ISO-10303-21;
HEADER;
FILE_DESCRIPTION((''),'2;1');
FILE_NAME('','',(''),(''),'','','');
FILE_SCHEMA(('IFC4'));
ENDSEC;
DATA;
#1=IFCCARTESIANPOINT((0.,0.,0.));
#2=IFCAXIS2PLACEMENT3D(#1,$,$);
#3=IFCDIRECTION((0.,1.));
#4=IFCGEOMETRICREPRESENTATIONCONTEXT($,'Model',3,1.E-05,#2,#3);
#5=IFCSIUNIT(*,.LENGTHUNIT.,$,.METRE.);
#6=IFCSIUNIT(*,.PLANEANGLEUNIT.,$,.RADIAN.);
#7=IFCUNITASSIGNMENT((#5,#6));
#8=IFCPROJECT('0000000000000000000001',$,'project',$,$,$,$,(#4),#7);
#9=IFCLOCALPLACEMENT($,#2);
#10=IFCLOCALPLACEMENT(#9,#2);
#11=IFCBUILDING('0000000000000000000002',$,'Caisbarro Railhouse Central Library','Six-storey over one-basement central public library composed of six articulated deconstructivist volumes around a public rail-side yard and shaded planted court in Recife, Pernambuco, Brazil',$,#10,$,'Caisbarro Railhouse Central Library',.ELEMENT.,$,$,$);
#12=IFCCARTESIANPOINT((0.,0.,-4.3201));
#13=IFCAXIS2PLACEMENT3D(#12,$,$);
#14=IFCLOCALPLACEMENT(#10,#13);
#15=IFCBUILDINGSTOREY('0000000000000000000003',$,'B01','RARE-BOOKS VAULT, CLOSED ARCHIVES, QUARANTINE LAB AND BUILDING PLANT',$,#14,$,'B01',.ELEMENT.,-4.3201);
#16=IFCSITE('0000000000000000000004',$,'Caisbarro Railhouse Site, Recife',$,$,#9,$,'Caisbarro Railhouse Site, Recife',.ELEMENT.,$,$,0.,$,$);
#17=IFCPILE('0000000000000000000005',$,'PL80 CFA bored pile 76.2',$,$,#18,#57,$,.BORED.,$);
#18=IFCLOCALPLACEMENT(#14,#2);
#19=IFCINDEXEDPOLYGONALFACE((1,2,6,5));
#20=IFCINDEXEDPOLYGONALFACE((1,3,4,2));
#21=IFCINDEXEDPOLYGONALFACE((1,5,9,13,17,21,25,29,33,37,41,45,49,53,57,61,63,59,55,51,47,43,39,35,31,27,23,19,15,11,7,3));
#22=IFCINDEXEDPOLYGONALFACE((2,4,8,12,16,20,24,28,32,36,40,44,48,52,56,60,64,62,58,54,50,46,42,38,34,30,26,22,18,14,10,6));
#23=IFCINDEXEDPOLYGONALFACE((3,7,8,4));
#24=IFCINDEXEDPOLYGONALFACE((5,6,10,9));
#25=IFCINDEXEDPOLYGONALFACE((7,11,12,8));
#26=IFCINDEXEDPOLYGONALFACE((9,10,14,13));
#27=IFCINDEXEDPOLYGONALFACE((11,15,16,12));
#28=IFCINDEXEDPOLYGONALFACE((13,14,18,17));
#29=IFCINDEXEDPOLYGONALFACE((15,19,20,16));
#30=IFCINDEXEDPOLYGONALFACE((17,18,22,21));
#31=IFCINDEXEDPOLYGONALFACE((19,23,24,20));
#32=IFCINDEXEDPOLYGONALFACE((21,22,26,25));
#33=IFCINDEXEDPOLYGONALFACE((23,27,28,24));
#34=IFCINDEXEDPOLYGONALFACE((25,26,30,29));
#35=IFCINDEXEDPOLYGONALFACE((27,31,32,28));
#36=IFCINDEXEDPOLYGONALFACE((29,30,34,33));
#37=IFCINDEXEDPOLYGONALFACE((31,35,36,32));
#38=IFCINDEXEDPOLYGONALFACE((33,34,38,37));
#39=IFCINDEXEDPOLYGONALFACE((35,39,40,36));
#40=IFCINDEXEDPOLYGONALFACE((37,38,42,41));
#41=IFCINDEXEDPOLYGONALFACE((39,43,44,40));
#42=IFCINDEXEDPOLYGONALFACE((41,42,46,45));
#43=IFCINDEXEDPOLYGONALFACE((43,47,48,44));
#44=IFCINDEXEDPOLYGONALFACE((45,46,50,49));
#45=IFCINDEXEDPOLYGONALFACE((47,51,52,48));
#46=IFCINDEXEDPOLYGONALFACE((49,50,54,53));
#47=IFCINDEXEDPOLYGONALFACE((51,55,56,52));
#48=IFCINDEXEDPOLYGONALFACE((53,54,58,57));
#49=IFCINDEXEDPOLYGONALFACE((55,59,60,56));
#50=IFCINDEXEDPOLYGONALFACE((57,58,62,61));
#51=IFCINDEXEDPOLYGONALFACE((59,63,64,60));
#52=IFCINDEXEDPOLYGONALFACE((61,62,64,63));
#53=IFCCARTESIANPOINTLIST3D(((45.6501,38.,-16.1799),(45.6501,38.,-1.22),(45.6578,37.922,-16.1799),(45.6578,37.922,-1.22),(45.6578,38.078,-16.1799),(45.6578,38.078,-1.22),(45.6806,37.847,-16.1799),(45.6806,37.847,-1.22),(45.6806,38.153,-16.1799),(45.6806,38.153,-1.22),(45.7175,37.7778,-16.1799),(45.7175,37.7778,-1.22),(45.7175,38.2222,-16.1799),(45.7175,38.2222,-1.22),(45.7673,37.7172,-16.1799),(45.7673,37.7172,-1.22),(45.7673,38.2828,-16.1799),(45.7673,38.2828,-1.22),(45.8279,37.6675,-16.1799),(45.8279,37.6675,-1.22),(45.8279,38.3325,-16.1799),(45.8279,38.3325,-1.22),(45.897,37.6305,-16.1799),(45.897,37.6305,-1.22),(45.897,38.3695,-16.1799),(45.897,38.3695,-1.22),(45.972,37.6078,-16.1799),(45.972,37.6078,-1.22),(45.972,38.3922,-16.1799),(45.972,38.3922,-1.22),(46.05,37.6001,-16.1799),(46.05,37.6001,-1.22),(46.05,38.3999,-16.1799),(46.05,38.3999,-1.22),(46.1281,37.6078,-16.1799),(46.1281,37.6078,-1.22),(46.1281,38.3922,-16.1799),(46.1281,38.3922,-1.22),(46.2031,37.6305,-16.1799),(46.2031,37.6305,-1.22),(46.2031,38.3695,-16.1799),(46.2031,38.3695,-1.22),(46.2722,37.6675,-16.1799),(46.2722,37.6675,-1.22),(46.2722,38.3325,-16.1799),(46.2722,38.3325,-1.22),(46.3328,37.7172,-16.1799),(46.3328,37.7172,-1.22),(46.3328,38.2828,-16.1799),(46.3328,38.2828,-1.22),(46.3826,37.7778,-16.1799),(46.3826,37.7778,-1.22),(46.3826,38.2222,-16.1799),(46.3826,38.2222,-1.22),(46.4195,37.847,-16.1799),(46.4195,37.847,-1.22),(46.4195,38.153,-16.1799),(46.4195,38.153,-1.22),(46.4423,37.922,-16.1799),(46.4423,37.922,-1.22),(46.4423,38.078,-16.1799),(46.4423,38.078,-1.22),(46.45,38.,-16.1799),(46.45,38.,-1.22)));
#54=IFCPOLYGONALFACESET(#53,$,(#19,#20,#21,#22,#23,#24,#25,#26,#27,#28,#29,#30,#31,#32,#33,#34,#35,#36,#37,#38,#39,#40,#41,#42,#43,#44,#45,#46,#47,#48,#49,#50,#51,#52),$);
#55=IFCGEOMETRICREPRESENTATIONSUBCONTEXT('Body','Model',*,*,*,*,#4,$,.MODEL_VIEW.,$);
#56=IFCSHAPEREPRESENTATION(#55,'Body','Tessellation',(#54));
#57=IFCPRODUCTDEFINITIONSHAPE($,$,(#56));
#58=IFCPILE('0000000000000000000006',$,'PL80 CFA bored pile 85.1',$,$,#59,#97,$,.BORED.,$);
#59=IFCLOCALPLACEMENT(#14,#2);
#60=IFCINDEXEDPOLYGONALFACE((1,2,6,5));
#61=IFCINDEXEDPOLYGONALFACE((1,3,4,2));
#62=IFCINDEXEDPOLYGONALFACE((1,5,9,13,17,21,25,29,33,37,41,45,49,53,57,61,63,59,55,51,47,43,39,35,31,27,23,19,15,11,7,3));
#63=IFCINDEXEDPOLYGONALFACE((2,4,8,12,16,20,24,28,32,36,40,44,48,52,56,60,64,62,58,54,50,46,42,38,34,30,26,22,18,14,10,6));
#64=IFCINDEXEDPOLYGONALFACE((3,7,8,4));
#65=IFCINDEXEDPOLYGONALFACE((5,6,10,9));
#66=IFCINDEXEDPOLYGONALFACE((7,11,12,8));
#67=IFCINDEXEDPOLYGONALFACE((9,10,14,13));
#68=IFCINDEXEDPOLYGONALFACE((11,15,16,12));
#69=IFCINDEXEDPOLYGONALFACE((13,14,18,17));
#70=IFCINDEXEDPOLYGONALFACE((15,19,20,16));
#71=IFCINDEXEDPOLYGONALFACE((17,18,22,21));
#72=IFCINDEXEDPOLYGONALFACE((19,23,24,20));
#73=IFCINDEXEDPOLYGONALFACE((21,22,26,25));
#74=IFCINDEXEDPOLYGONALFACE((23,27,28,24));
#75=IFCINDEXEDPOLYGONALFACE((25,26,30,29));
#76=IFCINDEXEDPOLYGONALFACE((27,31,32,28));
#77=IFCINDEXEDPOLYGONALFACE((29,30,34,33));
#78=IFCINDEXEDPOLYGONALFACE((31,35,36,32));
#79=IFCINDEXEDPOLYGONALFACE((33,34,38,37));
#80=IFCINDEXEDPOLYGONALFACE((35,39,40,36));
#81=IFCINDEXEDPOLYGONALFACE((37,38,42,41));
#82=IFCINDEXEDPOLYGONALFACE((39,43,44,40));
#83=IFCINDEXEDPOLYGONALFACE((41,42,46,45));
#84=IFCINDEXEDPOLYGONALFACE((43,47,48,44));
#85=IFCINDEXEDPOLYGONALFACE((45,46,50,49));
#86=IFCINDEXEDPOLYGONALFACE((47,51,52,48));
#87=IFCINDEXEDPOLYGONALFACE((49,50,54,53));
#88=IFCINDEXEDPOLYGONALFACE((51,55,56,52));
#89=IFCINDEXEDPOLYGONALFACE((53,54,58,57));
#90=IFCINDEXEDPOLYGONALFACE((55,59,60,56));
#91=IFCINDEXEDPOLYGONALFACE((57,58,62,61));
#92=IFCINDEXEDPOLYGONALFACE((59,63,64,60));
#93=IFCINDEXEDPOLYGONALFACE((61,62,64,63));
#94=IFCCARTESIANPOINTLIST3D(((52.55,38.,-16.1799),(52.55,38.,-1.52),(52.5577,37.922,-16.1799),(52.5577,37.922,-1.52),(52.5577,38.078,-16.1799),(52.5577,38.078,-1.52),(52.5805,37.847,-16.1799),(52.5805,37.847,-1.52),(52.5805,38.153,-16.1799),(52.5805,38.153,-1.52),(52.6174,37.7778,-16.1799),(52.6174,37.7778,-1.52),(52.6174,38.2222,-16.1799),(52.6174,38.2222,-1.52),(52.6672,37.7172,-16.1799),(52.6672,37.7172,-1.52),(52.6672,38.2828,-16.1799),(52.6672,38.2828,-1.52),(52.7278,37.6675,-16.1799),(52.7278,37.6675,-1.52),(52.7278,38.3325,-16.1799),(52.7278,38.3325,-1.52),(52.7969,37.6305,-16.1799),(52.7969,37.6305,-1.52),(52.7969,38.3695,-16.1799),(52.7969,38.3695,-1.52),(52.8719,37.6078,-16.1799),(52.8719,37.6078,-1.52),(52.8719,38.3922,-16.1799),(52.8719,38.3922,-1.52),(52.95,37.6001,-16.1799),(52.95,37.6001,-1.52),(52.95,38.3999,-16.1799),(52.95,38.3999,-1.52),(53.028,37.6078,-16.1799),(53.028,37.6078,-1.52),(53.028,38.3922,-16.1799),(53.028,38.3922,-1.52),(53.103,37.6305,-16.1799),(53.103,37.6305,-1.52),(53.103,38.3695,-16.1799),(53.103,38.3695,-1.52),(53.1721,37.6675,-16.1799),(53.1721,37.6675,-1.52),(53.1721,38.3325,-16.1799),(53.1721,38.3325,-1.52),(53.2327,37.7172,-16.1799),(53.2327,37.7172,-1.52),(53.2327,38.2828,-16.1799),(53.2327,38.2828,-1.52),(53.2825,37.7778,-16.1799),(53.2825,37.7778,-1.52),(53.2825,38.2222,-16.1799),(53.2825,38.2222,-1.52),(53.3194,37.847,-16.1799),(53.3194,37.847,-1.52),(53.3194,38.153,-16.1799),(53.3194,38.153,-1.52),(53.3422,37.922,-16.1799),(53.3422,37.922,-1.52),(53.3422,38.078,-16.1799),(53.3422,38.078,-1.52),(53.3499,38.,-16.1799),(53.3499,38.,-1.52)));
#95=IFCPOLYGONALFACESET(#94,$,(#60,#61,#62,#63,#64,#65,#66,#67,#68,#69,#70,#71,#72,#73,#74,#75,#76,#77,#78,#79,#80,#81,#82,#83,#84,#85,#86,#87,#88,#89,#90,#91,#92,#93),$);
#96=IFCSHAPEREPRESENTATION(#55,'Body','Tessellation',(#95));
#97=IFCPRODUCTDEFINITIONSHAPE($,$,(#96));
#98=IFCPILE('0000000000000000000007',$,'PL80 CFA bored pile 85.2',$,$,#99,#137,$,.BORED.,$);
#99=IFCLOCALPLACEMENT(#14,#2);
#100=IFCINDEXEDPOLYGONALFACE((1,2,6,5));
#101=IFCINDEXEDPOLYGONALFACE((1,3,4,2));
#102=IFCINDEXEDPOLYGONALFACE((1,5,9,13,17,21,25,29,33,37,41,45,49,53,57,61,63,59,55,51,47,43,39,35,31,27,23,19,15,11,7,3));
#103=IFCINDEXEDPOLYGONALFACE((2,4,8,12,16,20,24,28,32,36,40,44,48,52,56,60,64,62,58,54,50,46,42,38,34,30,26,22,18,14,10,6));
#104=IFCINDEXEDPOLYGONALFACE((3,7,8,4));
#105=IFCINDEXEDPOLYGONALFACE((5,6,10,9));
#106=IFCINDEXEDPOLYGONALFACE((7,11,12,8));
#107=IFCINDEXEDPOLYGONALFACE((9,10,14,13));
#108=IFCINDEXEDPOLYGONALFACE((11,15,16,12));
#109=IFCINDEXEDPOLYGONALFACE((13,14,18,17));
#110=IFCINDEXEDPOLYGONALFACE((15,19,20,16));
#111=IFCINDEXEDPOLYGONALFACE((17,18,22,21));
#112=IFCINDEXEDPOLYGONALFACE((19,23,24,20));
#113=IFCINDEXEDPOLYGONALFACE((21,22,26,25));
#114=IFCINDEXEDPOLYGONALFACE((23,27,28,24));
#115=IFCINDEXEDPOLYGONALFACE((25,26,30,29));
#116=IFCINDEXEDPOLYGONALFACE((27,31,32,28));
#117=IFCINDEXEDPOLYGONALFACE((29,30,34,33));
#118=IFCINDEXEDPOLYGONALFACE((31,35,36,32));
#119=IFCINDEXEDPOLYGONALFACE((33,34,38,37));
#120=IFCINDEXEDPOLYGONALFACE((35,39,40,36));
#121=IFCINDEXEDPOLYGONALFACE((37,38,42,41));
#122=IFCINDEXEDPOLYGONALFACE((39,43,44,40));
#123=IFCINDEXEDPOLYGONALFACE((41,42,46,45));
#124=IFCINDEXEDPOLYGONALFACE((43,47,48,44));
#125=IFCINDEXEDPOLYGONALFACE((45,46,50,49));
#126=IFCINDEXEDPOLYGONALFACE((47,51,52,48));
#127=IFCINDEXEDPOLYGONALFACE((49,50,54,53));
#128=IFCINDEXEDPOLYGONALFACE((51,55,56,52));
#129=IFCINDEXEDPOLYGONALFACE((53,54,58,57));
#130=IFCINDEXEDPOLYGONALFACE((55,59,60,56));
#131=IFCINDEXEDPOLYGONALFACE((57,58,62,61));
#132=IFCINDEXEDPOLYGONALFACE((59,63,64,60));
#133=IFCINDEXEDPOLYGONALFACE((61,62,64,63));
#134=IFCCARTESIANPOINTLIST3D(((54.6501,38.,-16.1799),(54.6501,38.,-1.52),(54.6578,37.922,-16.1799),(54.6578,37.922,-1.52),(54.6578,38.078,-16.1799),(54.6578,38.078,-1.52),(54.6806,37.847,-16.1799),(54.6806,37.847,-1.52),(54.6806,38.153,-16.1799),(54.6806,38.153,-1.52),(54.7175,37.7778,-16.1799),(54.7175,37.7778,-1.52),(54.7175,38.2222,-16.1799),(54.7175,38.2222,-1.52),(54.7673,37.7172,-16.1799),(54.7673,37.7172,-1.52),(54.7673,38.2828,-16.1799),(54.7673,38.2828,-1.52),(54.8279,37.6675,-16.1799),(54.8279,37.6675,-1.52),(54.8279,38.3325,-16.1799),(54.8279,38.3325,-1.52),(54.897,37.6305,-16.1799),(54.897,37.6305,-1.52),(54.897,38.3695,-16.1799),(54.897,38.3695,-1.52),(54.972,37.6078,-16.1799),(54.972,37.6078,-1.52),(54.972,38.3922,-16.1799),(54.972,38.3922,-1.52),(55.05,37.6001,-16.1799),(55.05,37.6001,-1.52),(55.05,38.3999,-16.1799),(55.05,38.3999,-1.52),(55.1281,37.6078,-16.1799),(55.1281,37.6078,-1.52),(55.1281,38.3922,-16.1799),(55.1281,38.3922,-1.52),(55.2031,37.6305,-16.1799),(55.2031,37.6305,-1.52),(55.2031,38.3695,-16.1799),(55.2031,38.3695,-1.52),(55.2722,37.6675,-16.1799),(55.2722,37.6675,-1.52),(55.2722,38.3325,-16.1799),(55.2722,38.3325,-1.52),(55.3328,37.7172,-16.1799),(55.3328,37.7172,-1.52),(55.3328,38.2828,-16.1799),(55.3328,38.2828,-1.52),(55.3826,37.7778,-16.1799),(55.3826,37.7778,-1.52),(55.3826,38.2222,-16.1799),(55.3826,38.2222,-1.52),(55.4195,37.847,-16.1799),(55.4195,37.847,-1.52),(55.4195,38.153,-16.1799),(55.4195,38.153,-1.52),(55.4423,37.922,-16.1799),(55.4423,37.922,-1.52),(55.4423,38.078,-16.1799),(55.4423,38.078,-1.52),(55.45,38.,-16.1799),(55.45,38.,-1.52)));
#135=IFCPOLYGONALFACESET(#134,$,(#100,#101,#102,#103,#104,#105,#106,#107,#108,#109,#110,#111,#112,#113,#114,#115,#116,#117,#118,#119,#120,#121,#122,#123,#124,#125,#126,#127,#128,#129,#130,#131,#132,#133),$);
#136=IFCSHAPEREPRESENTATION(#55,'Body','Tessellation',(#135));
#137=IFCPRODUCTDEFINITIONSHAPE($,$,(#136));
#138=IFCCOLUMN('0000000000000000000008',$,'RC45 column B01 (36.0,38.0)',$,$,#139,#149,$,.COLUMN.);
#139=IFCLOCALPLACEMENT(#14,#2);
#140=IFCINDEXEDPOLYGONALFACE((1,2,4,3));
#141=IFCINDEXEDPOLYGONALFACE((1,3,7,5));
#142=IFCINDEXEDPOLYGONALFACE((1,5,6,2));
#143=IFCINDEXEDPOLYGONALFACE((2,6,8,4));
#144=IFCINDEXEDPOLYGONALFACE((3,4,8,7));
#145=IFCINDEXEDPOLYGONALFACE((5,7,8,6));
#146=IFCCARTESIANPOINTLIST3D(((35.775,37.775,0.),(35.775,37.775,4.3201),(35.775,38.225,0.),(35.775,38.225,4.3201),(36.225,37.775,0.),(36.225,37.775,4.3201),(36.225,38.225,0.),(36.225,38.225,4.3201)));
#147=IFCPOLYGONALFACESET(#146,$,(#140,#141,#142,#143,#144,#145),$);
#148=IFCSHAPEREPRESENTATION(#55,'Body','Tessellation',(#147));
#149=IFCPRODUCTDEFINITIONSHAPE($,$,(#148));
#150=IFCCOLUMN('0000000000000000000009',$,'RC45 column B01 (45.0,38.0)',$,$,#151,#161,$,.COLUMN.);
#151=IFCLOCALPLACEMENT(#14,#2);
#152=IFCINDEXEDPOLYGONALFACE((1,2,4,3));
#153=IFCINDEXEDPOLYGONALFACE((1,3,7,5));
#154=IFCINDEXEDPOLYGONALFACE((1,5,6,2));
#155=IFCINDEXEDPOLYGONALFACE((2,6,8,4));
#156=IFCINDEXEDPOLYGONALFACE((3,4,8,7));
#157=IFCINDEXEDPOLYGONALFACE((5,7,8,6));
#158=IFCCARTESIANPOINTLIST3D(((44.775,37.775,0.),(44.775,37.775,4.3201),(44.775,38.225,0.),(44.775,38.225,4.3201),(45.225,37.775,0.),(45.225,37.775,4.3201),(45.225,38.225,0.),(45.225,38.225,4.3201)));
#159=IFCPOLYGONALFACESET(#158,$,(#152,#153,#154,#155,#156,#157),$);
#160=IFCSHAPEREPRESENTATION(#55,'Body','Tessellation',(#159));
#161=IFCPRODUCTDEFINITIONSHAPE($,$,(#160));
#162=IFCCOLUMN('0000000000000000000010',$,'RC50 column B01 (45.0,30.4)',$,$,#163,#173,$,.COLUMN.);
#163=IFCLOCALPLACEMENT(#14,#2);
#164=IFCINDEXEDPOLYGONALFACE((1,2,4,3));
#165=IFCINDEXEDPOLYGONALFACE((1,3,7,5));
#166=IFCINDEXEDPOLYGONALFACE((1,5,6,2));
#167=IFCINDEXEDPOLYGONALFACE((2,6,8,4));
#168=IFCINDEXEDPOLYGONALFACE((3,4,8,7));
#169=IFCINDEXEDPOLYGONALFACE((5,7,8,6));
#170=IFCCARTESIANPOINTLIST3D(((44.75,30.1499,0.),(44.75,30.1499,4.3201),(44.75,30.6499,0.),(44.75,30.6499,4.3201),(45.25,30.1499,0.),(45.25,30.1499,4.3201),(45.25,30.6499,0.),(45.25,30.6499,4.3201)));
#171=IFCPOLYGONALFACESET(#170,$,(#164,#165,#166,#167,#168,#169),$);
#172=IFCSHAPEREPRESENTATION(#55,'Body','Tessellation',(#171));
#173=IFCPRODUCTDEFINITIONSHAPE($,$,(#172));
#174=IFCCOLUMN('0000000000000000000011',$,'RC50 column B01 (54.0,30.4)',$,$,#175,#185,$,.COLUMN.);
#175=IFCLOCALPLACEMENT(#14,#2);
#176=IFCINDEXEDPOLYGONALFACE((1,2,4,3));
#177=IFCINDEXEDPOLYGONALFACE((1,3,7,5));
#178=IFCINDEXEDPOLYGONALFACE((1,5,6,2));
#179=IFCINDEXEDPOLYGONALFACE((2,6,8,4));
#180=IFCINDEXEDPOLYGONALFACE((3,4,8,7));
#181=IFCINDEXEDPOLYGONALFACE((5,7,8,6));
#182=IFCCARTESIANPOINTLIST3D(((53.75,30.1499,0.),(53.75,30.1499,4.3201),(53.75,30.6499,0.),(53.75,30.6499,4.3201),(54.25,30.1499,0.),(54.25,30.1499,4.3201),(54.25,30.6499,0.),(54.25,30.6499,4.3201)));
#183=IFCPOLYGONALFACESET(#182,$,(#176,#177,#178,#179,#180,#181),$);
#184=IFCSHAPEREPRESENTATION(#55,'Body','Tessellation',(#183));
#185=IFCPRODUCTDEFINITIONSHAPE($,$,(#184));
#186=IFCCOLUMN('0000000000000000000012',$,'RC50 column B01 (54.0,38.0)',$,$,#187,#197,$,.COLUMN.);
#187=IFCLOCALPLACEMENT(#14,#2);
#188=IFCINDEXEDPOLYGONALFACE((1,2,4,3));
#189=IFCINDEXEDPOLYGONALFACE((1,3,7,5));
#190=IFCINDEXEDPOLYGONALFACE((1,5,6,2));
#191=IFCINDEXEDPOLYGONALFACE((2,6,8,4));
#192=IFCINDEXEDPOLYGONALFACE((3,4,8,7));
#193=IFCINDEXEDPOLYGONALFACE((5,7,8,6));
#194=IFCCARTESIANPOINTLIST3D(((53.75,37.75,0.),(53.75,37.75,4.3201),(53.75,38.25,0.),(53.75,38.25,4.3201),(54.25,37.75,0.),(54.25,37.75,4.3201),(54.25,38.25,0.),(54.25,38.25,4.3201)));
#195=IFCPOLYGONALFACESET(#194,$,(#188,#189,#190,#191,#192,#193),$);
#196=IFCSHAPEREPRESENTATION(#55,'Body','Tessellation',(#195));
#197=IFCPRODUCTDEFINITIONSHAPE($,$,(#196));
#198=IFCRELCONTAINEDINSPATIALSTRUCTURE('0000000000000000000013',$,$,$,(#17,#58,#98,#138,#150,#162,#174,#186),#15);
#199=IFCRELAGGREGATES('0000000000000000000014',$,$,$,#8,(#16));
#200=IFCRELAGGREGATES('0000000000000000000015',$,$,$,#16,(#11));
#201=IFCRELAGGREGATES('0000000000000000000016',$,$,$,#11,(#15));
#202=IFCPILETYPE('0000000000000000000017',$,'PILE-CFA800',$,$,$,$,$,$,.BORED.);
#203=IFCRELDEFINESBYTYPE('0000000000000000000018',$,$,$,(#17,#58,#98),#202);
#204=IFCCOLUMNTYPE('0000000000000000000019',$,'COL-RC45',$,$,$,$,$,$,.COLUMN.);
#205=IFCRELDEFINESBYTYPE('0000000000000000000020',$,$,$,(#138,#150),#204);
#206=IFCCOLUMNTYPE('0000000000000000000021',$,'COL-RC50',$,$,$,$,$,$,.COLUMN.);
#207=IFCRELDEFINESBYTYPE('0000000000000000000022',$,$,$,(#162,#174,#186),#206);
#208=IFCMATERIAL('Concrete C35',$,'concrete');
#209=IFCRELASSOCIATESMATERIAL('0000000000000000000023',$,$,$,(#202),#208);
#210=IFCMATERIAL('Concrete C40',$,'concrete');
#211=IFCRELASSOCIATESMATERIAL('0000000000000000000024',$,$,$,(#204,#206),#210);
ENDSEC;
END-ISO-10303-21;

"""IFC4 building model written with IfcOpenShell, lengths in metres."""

from ifc_helpers import new_model, si_unit, direction, frame, origin, origin_2d, place, context, subcontext, project, spatial, rectangle, circle, extrude, material, material_profile, profile_set, type_object, element, save


model = new_model("IFC4")

# Units and contexts
model_context = context("Model", 3, precision=1e-05, world=origin(), true_north=direction((0.0, 1.0)))
body_context = subcontext(model_context, "Body", "Model", "MODEL_VIEW")
ifc_project = project(units=[si_unit("LENGTHUNIT", "METRE"), si_unit("PLANEANGLEUNIT", "RADIAN")], contexts=[model_context])

# Site, building, storey
site_placement = place(None, origin())
site = spatial("IfcSite", under=ifc_project, at=site_placement, Name="Caisbarro Railhouse Site, Recife", LongName="Caisbarro Railhouse Site, Recife", CompositionType="ELEMENT", RefElevation=0.0)
building_placement = place(site_placement, origin())
building = spatial("IfcBuilding", under=site, at=building_placement, Name="Caisbarro Railhouse Central Library", Description="Six-storey over one-basement central public library composed of six articulated deconstructivist volumes around a public rail-side yard and shaded planted court in Recife, Pernambuco, Brazil", LongName="Caisbarro Railhouse Central Library", CompositionType="ELEMENT")
storey_placement = place(building_placement, frame((0.0, 0.0, -4.3201)))
storey = spatial("IfcBuildingStorey", under=building, at=storey_placement, Name="B01", Description="RARE-BOOKS VAULT, CLOSED ARCHIVES, QUARANTINE LAB AND BUILDING PLANT", LongName="B01", CompositionType="ELEMENT", Elevation=-4.3201)

# Shared definitions
ifc_material_1 = material(Name="Concrete C35", Category="concrete")
ifc_material_2 = material(Name="Concrete C40", Category="concrete")

# Piles
ifc_material_profile_1 = material_profile(ifc_material_1, circle(Radius=0.3999, at=origin_2d()), Name="PILE-CFA-800")
ifc_profile_set_1 = profile_set([ifc_material_profile_1], Name="Concrete C35")
pile_type_1 = type_object("IfcPileType", Name="PILE-CFA800", PredefinedType="BORED", material=ifc_profile_set_1)
for number, where, z_axis, x_axis, name in (
    (1, (46.05, 38.0, -1.22), (0.0, 0.0, -1.0), (1.0, 0.0, 0.0), "PL80 CFA bored pile 76.2"),
):
    element("IfcPile", number, at=place(storey_placement, frame(where, z_axis=z_axis, x_axis=x_axis)), inside=storey, type_object=pile_type_1, Name=name, PredefinedType="BORED", context=body_context, shape_type="SweptSolid", body=[
        extrude(circle(Radius=0.3999, at=origin_2d()), origin(), (0.0, 0.0, 1.0), 14.96),
    ])
for number, where, z_axis, x_axis, name in (
    (2, (52.95, 38.0, -1.52), (0.0, 0.0, -1.0), (1.0, 0.0, 0.0), "PL80 CFA bored pile 85.1"),
    (3, (55.05, 38.0, -1.52), (0.0, 0.0, -1.0), (1.0, 0.0, 0.0), "PL80 CFA bored pile 85.2"),
):
    element("IfcPile", number, at=place(storey_placement, frame(where, z_axis=z_axis, x_axis=x_axis)), inside=storey, type_object=pile_type_1, Name=name, PredefinedType="BORED", context=body_context, shape_type="SweptSolid", body=[
        extrude(circle(Radius=0.3999, at=origin_2d()), origin(), (0.0, 0.0, 1.0), 14.6599),
    ])

# Columns
ifc_material_profile_2 = material_profile(ifc_material_2, rectangle(XDim=0.45, YDim=0.45, at=origin_2d()), Name="RC-COL-450X450")
ifc_profile_set_2 = profile_set([ifc_material_profile_2], Name="Concrete C40")
column_type_1 = type_object("IfcColumnType", Name="COL-RC45", PredefinedType="COLUMN", material=ifc_profile_set_2)
for number, where, z_axis, x_axis, name in (
    (4, (36.0, 38.0, 0.0), (0.0, 0.0, 1.0), (1.0, 0.0, 0.0), "RC45 column B01 (36.0,38.0)"),
    (5, (45.0, 38.0, 0.0), (0.0, 0.0, 1.0), (1.0, 0.0, 0.0), "RC45 column B01 (45.0,38.0)"),
):
    element("IfcColumn", number, at=place(storey_placement, frame(where, z_axis=z_axis, x_axis=x_axis)), inside=storey, type_object=column_type_1, Name=name, PredefinedType="COLUMN", context=body_context, shape_type="SweptSolid", body=[
        extrude(rectangle(XDim=0.45, YDim=0.45, at=origin_2d()), origin(), (0.0, 0.0, 1.0), 4.3201),
    ])
ifc_material_profile_3 = material_profile(ifc_material_2, rectangle(XDim=0.5, YDim=0.5, at=origin_2d()), Name="RC-COL-500X500")
ifc_profile_set_3 = profile_set([ifc_material_profile_3], Name="Concrete C40")
column_type_2 = type_object("IfcColumnType", Name="COL-RC50", PredefinedType="COLUMN", material=ifc_profile_set_3)
for number, where, z_axis, x_axis, name in (
    (6, (45.0, 30.3999, 0.0), (0.0, 0.0, 1.0), (1.0, 0.0, 0.0), "RC50 column B01 (45.0,30.4)"),
    (7, (54.0, 30.3999, 0.0), (0.0, 0.0, 1.0), (1.0, 0.0, 0.0), "RC50 column B01 (54.0,30.4)"),
    (8, (54.0, 38.0, 0.0), (0.0, 0.0, 1.0), (1.0, 0.0, 0.0), "RC50 column B01 (54.0,38.0)"),
):
    element("IfcColumn", number, at=place(storey_placement, frame(where, z_axis=z_axis, x_axis=x_axis)), inside=storey, type_object=column_type_2, Name=name, PredefinedType="COLUMN", context=body_context, shape_type="SweptSolid", body=[
        extrude(rectangle(XDim=0.5, YDim=0.5, at=origin_2d()), origin(), (0.0, 0.0, 1.0), 4.3201),
    ])

save(model, "model.ifc")
